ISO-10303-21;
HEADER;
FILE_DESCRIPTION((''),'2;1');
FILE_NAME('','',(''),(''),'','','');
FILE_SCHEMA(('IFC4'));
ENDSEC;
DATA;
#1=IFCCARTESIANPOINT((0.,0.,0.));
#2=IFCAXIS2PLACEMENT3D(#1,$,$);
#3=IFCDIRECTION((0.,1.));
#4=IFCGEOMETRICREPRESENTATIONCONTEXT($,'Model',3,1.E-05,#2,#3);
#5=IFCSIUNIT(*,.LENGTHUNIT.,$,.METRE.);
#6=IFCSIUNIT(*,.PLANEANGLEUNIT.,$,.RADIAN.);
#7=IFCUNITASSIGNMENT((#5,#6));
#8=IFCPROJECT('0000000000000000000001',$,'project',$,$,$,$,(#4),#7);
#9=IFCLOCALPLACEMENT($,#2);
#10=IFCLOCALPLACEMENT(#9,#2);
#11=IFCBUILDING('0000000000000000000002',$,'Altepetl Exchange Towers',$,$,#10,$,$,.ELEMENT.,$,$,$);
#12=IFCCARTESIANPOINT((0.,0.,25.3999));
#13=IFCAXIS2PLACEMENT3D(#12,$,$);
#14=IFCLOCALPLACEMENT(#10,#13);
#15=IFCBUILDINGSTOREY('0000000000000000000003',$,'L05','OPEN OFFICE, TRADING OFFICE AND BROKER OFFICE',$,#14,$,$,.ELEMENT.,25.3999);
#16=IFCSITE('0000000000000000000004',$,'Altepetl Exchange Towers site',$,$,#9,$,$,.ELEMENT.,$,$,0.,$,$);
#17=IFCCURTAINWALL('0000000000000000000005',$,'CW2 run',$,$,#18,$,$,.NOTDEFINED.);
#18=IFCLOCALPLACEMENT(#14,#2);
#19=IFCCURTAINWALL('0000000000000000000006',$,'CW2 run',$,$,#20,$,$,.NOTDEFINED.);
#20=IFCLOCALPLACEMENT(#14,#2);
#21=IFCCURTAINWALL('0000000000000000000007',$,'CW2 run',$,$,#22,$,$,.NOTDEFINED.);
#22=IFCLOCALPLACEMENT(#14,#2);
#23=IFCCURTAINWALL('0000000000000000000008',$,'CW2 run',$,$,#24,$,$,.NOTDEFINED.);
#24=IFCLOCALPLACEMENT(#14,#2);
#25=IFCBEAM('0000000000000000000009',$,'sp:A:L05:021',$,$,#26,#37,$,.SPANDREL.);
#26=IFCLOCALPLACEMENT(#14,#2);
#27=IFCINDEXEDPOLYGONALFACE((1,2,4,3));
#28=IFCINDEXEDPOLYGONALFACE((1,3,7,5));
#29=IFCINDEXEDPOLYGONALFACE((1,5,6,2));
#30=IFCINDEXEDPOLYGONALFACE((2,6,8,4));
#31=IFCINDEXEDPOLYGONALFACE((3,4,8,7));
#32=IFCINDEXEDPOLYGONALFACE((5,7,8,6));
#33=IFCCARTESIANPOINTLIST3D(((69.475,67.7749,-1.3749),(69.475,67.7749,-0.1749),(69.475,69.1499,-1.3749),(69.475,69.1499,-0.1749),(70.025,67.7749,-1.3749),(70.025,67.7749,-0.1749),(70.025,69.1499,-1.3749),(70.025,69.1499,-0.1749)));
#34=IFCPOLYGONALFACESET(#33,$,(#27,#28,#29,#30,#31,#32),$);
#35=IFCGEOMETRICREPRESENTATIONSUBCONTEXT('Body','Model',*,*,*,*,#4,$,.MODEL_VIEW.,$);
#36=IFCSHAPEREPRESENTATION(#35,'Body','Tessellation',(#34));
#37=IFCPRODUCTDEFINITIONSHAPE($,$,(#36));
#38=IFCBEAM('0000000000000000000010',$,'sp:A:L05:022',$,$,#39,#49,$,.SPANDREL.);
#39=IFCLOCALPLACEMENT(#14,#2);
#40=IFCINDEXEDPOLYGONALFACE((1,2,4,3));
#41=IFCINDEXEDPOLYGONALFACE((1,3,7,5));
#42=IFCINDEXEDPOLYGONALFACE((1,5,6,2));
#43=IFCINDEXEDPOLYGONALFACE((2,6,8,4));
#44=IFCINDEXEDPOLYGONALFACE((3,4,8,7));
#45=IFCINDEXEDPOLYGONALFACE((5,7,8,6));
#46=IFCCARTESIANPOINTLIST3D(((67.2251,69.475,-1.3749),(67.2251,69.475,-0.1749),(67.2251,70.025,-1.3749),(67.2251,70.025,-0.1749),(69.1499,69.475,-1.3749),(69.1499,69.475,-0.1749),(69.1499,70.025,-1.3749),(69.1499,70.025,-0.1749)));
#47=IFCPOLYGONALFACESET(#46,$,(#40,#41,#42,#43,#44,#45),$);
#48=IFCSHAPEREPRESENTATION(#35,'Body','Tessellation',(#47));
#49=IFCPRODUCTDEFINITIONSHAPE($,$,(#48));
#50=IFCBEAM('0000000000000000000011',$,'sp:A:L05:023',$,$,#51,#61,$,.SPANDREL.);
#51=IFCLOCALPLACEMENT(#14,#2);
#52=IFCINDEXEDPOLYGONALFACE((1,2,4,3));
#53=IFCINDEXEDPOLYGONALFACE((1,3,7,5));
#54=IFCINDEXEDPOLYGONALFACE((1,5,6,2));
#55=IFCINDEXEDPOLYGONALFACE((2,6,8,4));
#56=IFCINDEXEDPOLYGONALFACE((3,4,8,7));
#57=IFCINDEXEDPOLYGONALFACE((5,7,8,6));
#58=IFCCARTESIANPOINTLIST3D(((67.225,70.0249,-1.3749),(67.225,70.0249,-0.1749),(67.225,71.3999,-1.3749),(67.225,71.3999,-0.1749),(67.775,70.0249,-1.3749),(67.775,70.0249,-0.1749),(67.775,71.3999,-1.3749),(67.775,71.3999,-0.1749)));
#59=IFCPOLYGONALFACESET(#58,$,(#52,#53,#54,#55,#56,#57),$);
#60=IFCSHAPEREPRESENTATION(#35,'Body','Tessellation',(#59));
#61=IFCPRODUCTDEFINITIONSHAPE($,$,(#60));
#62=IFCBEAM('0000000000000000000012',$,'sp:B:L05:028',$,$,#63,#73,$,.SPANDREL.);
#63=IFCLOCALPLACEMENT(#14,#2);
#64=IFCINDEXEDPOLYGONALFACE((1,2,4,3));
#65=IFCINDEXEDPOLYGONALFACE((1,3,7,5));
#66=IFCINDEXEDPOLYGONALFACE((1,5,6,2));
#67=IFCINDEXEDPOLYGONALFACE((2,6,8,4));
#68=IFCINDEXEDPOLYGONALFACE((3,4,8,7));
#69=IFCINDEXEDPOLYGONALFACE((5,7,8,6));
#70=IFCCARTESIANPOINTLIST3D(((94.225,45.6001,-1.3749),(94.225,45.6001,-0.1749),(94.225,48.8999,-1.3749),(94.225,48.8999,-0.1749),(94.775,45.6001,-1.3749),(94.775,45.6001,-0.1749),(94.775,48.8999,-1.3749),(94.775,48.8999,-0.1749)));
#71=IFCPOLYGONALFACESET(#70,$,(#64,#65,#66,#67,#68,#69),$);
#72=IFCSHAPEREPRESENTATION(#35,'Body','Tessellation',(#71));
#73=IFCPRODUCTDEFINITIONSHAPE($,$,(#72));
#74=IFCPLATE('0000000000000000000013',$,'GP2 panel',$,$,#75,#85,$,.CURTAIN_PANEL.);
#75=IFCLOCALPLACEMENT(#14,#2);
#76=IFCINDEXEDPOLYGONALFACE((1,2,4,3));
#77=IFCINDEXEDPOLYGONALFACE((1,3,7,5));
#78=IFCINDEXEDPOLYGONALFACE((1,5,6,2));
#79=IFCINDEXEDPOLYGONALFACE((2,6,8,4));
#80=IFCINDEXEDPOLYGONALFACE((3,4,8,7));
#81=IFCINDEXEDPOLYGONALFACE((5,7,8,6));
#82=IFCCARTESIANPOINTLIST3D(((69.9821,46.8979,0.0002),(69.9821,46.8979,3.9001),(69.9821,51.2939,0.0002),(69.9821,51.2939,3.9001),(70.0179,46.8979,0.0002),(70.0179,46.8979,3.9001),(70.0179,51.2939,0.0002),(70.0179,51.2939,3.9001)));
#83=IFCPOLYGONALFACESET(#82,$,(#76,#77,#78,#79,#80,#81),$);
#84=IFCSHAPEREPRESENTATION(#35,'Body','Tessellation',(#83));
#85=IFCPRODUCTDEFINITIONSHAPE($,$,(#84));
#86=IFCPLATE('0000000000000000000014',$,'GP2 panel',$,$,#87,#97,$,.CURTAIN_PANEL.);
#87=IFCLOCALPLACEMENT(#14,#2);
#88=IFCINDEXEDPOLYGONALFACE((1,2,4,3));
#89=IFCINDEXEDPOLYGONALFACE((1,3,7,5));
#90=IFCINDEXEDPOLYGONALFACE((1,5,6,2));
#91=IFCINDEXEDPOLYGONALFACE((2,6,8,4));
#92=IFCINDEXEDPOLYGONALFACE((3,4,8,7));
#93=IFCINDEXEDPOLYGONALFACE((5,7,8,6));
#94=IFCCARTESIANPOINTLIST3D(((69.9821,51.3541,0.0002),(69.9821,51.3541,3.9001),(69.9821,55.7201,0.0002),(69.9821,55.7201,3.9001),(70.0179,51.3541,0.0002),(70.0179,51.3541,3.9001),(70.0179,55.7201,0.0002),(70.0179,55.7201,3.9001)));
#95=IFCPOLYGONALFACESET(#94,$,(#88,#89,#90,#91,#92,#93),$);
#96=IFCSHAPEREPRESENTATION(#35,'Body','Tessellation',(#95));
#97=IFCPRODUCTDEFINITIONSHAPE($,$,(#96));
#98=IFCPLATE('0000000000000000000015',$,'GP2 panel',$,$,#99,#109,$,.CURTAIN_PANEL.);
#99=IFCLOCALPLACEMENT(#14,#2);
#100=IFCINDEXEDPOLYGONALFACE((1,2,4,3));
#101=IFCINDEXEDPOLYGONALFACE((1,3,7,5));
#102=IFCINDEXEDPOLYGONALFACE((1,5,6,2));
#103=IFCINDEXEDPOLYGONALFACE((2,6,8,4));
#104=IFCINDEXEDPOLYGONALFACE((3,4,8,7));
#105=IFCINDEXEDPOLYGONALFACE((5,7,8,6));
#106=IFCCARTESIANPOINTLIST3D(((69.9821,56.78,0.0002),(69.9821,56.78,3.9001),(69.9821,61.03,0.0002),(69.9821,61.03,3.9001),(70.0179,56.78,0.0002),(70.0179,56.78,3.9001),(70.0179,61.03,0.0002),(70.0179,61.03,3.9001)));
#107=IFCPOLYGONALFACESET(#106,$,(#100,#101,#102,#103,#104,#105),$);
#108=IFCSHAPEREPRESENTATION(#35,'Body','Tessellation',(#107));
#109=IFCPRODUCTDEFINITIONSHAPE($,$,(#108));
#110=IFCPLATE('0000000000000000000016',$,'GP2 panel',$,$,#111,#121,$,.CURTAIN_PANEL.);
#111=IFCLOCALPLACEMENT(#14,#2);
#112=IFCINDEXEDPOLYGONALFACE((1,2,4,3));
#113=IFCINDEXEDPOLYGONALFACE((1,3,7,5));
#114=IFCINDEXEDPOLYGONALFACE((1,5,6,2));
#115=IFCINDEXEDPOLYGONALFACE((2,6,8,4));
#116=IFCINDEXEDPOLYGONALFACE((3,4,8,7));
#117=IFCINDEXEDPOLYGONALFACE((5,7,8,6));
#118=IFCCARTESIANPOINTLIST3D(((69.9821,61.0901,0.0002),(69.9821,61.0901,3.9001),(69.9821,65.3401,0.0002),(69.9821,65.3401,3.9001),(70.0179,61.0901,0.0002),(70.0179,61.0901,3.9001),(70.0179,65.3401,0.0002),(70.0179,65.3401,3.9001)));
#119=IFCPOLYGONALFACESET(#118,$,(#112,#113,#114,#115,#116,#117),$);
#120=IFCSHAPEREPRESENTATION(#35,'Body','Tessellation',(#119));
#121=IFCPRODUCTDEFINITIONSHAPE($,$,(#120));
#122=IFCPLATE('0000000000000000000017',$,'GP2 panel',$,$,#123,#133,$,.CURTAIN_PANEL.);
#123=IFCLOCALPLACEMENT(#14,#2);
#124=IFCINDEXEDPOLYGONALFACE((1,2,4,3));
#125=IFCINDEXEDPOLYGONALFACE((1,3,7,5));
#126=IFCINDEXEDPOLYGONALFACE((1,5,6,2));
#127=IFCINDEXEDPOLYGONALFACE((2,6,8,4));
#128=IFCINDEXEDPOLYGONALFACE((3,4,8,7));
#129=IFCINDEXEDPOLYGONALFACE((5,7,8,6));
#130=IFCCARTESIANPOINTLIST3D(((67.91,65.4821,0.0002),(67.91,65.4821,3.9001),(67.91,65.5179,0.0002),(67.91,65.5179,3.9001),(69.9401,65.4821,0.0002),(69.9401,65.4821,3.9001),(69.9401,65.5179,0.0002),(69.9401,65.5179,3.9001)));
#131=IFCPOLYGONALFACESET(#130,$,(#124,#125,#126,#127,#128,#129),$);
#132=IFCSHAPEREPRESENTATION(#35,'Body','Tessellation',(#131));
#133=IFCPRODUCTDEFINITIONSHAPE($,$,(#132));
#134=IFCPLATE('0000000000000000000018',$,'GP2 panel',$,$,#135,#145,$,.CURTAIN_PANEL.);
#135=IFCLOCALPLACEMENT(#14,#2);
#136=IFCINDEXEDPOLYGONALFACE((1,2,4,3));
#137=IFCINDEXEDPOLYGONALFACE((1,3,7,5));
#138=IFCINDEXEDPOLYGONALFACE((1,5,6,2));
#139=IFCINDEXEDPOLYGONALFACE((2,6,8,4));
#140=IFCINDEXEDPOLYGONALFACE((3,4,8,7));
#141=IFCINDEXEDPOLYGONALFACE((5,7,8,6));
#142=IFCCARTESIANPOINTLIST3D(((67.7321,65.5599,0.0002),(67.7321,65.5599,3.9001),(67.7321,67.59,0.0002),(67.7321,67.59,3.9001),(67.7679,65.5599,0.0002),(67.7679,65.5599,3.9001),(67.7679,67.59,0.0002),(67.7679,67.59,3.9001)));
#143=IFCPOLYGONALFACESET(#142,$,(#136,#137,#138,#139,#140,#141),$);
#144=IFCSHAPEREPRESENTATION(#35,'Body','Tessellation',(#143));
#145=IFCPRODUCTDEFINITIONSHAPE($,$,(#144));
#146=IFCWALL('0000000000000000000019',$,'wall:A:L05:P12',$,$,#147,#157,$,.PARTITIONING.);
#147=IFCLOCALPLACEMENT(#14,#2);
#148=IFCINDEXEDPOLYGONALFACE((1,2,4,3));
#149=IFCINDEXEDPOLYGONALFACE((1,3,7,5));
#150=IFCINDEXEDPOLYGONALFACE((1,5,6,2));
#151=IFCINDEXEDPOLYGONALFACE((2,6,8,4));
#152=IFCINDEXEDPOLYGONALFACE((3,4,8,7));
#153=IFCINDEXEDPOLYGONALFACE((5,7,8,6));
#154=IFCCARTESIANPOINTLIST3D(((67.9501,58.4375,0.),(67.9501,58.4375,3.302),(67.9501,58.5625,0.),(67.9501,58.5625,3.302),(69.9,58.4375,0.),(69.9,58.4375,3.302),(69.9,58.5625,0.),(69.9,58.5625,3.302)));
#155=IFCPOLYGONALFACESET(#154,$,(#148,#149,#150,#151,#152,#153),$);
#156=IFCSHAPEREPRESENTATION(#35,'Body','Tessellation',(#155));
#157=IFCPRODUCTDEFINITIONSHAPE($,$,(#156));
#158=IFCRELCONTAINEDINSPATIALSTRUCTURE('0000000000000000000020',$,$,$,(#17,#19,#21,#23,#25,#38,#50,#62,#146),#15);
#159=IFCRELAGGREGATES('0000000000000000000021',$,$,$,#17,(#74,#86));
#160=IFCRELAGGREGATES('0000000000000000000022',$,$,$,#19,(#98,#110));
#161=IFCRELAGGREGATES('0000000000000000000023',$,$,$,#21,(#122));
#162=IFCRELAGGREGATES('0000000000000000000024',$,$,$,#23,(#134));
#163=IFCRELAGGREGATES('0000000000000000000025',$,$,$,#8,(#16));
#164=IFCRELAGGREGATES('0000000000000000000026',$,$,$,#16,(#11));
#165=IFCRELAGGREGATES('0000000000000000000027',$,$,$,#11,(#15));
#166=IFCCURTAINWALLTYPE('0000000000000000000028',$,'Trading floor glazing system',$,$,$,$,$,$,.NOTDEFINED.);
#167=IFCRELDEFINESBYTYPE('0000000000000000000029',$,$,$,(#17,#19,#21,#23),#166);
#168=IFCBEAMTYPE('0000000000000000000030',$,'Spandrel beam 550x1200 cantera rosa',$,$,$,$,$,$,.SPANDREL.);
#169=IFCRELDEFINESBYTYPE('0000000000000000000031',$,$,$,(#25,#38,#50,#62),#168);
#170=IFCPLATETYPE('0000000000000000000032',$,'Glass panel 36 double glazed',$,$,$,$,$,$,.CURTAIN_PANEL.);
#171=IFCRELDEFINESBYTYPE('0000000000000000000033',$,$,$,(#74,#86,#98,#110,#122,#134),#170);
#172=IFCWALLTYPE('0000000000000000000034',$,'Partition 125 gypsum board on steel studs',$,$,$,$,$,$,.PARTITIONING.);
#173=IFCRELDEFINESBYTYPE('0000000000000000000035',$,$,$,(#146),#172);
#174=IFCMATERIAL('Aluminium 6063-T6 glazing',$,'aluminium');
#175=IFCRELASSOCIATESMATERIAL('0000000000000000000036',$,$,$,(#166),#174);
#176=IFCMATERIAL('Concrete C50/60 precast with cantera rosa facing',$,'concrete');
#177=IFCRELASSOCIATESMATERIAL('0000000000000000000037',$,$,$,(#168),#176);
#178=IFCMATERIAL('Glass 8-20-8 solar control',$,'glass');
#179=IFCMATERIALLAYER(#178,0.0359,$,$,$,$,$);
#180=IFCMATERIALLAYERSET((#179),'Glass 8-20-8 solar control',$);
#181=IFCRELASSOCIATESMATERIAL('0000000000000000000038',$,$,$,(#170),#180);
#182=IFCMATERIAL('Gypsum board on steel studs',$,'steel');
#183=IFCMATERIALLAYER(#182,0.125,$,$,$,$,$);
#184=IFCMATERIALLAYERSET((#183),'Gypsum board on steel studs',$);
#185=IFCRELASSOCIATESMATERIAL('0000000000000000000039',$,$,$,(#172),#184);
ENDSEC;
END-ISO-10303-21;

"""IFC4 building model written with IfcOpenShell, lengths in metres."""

from ifc_helpers import new_model, si_unit, direction, frame, frame_2d, origin, origin_2d, place, context, subcontext, project, spatial, rectangle, extrude, material, layer, layer_set, material_profile, profile_set, type_object, element, aggregate, save


model = new_model("IFC4")

# Units and contexts
model_context = context("Model", 3, precision=1e-05, world=origin(), true_north=direction((0.0, 1.0)))
body_context = subcontext(model_context, "Body", "Model", "MODEL_VIEW")
ifc_project = project(units=[si_unit("LENGTHUNIT", "METRE"), si_unit("PLANEANGLEUNIT", "RADIAN")], contexts=[model_context])

# Site, building, storey
site_placement = place(None, origin())
site = spatial("IfcSite", under=ifc_project, at=site_placement, Name="Altepetl Exchange Towers site", CompositionType="ELEMENT", RefElevation=0.0)
building_placement = place(site_placement, origin())
building = spatial("IfcBuilding", under=site, at=building_placement, Name="Altepetl Exchange Towers", CompositionType="ELEMENT")
storey_placement = place(building_placement, frame((0.0, 0.0, 25.3999)))
storey = spatial("IfcBuildingStorey", under=building, at=storey_placement, Name="L05", Description="OPEN OFFICE, TRADING OFFICE AND BROKER OFFICE", CompositionType="ELEMENT", Elevation=25.3999)

# Curtain walls
ifc_material_1 = material(Name="Aluminium 6063-T6 glazing", Category="aluminium")
curtain_wall_type = type_object("IfcCurtainWallType", Name="Trading floor glazing system", PredefinedType="NOTDEFINED", material=ifc_material_1)
curtain_wall_1_placement = place(storey_placement, origin())
curtain_wall_1 = element("IfcCurtainWall", 1, at=curtain_wall_1_placement, inside=storey, type_object=curtain_wall_type, Name="CW2 run", PredefinedType="NOTDEFINED")
curtain_wall_2_placement = place(storey_placement, origin())
curtain_wall_2 = element("IfcCurtainWall", 2, at=curtain_wall_2_placement, inside=storey, type_object=curtain_wall_type, Name="CW2 run", PredefinedType="NOTDEFINED")
curtain_wall_3_placement = place(storey_placement, origin())
curtain_wall_3 = element("IfcCurtainWall", 3, at=curtain_wall_3_placement, inside=storey, type_object=curtain_wall_type, Name="CW2 run", PredefinedType="NOTDEFINED")
curtain_wall_4_placement = place(storey_placement, origin())
curtain_wall_4 = element("IfcCurtainWall", 4, at=curtain_wall_4_placement, inside=storey, type_object=curtain_wall_type, Name="CW2 run", PredefinedType="NOTDEFINED")

# Beams
ifc_material_2 = material(Name="Concrete C50/60 precast with cantera rosa facing", Category="concrete")
ifc_material_profile_1 = material_profile(ifc_material_2, rectangle(XDim=0.55, YDim=1.2, at=origin_2d()), Name="550 x 1200")
ifc_profile_set_1 = profile_set([ifc_material_profile_1], Name="Concrete C50/60 precast with cantera rosa facing")
beam_type_1 = type_object("IfcBeamType", Name="Spandrel beam 550x1200 cantera rosa", PredefinedType="SPANDREL", material=ifc_profile_set_1)
beam_1_placement = place(storey_placement, frame((69.75, 67.7749, -0.7749), z_axis=(0.0, 1.0, 0.0), x_axis=(-1.0, 0.0, 0.0)))
element("IfcBeam", 5, at=beam_1_placement, inside=storey, type_object=beam_type_1, Name="sp:A:L05:021", PredefinedType="SPANDREL", context=body_context, shape_type="SweptSolid", body=[
    extrude(rectangle(XDim=0.55, YDim=1.2, at=origin_2d()), origin(), (0.0, 0.0, 1.0), 1.375),
])
beam_2_placement = place(storey_placement, frame((69.1499, 69.75, -0.7749), z_axis=(-1.0, 0.0, 0.0), x_axis=(0.0, -1.0, 0.0)))
element("IfcBeam", 6, at=beam_2_placement, inside=storey, type_object=beam_type_1, Name="sp:A:L05:022", PredefinedType="SPANDREL", context=body_context, shape_type="SweptSolid", body=[
    extrude(rectangle(XDim=0.55, YDim=1.2, at=origin_2d()), origin(), (0.0, 0.0, 1.0), 1.9248),
])
beam_3_placement = place(storey_placement, frame((67.5, 70.0249, -0.7749), z_axis=(0.0, 1.0, 0.0), x_axis=(-1.0, 0.0, 0.0)))
element("IfcBeam", 7, at=beam_3_placement, inside=storey, type_object=beam_type_1, Name="sp:A:L05:023", PredefinedType="SPANDREL", context=body_context, shape_type="SweptSolid", body=[
    extrude(rectangle(XDim=0.55, YDim=1.2, at=origin_2d()), origin(), (0.0, 0.0, 1.0), 1.375),
])
beam_4_placement = place(storey_placement, frame((94.5, 48.8999, -0.7749), z_axis=(0.0, -1.0, 0.0), x_axis=(1.0, 0.0, 0.0)))
element("IfcBeam", 8, at=beam_4_placement, inside=storey, type_object=beam_type_1, Name="sp:B:L05:028", PredefinedType="SPANDREL", context=body_context, shape_type="SweptSolid", body=[
    extrude(rectangle(XDim=0.55, YDim=1.2, at=origin_2d()), origin(), (0.0, 0.0, 1.0), 3.2998),
])

# Plates
ifc_material_3 = material(Name="Glass 8-20-8 solar control", Category="glass")
ifc_layer_1 = layer(ifc_material_3, 0.0359)
ifc_layer_set_1 = layer_set([ifc_layer_1], Name="Glass 8-20-8 solar control")
plate_type = type_object("IfcPlateType", Name="Glass panel 36 double glazed", PredefinedType="CURTAIN_PANEL", material=ifc_layer_set_1)
plate_1_placement = place(storey_placement, frame((70.0, 49.0959, 0.0002), z_axis=(0.0, 0.0, 1.0), x_axis=(0.0, 1.0, 0.0)))
plate_1 = element("IfcPlate", 9, at=plate_1_placement, type_object=plate_type, Name="GP2 panel", PredefinedType="CURTAIN_PANEL", context=body_context, shape_type="SweptSolid", body=[
    extrude(rectangle(XDim=4.396, YDim=0.0359, at=origin_2d()), origin(), (0.0, 0.0, 1.0), 3.8999),
])
plate_2_placement = place(storey_placement, frame((70.0, 53.5371, 0.0002), z_axis=(0.0, 0.0, 1.0), x_axis=(0.0, 1.0, 0.0)))
plate_2 = element("IfcPlate", 10, at=plate_2_placement, type_object=plate_type, Name="GP2 panel", PredefinedType="CURTAIN_PANEL", context=body_context, shape_type="SweptSolid", body=[
    extrude(rectangle(XDim=4.366, YDim=0.0359, at=origin_2d()), origin(), (0.0, 0.0, 1.0), 3.8999),
])
aggregate(curtain_wall_1, [plate_1, plate_2])
plate_3_placement = place(storey_placement, frame((70.0, 58.905, 0.0002), z_axis=(0.0, 0.0, 1.0), x_axis=(0.0, 1.0, 0.0)))
plate_3 = element("IfcPlate", 11, at=plate_3_placement, type_object=plate_type, Name="GP2 panel", PredefinedType="CURTAIN_PANEL", context=body_context, shape_type="SweptSolid", body=[
    extrude(rectangle(XDim=4.25, YDim=0.0359, at=origin_2d()), origin(), (0.0, 0.0, 1.0), 3.8999),
])
plate_4_placement = place(storey_placement, frame((70.0, 63.2151, 0.0002), z_axis=(0.0, 0.0, 1.0), x_axis=(0.0, 1.0, 0.0)))
plate_4 = element("IfcPlate", 12, at=plate_4_placement, type_object=plate_type, Name="GP2 panel", PredefinedType="CURTAIN_PANEL", context=body_context, shape_type="SweptSolid", body=[
    extrude(rectangle(XDim=4.25, YDim=0.0359, at=origin_2d()), origin(), (0.0, 0.0, 1.0), 3.8999),
])
aggregate(curtain_wall_2, [plate_3, plate_4])
plate_5_placement = place(storey_placement, frame((68.925, 65.5, 0.0002), z_axis=(0.0, 0.0, 1.0), x_axis=(-1.0, 0.0, 0.0)))
plate_5 = element("IfcPlate", 13, at=plate_5_placement, type_object=plate_type, Name="GP2 panel", PredefinedType="CURTAIN_PANEL", context=body_context, shape_type="SweptSolid", body=[
    extrude(rectangle(XDim=2.03, YDim=0.0359, at=origin_2d()), origin(), (0.0, 0.0, 1.0), 3.8999),
])
aggregate(curtain_wall_3, [plate_5])
plate_6_placement = place(storey_placement, frame((67.75, 66.575, 0.0002), z_axis=(0.0, 0.0, 1.0), x_axis=(0.0, 1.0, 0.0)))
plate_6 = element("IfcPlate", 14, at=plate_6_placement, type_object=plate_type, Name="GP2 panel", PredefinedType="CURTAIN_PANEL", context=body_context, shape_type="SweptSolid", body=[
    extrude(rectangle(XDim=2.03, YDim=0.0359, at=origin_2d()), origin(), (0.0, 0.0, 1.0), 3.8999),
])
aggregate(curtain_wall_4, [plate_6])

# Wall
ifc_material_4 = material(Name="Gypsum board on steel studs", Category="steel")
ifc_layer_2 = layer(ifc_material_4, 0.125)
ifc_layer_set_2 = layer_set([ifc_layer_2], Name="Gypsum board on steel studs")
wall_type = type_object("IfcWallType", Name="Partition 125 gypsum board on steel studs", PredefinedType="PARTITIONING", material=ifc_layer_set_2)
wall_placement = place(storey_placement, frame((67.95, 58.5, 0.0)))
element("IfcWall", 15, at=wall_placement, inside=storey, type_object=wall_type, Name="wall:A:L05:P12", PredefinedType="PARTITIONING", context=body_context, shape_type="SweptSolid", body=[
    extrude(rectangle(XDim=1.95, YDim=0.125, at=frame_2d((0.9751, 0.0))), origin(), (0.0, 0.0, 1.0), 3.302),
])

save(model, "model.ifc")
